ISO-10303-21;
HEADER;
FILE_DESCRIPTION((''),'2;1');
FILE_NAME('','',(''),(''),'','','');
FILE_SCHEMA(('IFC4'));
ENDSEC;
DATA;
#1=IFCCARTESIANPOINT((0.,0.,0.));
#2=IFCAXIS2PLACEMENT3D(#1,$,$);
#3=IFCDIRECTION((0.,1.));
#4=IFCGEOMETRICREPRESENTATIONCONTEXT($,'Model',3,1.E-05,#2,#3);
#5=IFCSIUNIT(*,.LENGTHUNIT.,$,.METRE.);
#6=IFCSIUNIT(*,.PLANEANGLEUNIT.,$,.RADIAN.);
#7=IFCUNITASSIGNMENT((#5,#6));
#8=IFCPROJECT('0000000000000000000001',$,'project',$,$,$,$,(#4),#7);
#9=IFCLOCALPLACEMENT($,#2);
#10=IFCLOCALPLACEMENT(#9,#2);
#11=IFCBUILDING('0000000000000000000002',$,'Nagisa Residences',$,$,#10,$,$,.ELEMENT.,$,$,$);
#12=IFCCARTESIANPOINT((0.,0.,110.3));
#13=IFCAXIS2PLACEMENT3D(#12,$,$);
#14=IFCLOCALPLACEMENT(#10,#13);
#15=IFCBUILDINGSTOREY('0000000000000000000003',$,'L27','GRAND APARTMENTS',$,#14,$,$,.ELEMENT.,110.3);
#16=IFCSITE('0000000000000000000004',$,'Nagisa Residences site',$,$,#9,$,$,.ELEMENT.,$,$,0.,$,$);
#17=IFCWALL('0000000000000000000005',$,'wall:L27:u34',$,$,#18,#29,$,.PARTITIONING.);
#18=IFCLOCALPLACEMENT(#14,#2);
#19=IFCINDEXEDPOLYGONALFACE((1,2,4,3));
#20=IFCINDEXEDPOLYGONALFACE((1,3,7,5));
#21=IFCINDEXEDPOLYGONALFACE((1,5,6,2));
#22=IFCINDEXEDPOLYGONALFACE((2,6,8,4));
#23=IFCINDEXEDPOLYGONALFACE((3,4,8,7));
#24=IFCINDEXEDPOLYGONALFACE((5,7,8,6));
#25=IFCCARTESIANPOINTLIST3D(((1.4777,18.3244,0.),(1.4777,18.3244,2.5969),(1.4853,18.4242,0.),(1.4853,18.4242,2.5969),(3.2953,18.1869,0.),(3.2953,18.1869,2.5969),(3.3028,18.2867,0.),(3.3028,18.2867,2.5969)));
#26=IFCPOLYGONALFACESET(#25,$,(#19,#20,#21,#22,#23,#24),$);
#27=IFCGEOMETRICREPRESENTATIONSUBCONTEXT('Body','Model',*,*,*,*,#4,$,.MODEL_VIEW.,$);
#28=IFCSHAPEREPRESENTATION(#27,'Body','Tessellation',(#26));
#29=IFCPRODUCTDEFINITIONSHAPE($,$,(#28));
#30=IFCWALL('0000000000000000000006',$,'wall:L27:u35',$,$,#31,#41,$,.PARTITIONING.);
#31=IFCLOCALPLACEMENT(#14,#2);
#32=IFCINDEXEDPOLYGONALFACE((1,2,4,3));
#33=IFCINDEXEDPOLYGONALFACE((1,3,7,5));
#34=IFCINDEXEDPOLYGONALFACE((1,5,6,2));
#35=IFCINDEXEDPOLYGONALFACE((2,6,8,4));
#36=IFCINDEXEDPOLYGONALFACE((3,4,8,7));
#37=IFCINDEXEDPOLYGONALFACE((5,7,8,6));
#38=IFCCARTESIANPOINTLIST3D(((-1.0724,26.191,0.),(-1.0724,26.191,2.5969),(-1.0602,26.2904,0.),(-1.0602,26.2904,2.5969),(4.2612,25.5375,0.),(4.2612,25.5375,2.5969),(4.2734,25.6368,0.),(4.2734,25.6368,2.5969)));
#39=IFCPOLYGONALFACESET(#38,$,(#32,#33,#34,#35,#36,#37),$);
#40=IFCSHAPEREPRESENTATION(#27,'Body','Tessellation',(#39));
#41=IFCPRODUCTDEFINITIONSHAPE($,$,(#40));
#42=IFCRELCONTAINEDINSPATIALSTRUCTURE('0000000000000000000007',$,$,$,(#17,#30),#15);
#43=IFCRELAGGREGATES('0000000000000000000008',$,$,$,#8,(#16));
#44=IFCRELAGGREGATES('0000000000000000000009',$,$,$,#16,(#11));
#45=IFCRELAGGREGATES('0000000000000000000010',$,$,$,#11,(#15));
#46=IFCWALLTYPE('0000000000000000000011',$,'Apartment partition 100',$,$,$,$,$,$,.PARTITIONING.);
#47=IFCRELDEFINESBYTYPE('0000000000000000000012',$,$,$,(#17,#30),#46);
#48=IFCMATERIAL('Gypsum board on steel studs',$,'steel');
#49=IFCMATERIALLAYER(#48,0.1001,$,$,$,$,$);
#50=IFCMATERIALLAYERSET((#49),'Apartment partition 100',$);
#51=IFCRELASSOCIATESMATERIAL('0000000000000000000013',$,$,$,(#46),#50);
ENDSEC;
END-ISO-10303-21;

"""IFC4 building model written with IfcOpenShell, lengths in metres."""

from ifc_helpers import new_model, si_unit, direction, frame, frame_2d, origin, place, context, subcontext, project, spatial, rectangle, extrude, material, layer, layer_set, type_object, element, save


model = new_model("IFC4")

# Units and contexts
model_context = context("Model", 3, precision=1e-05, world=origin(), true_north=direction((0.0, 1.0)))
body_context = subcontext(model_context, "Body", "Model", "MODEL_VIEW")
ifc_project = project(units=[si_unit("LENGTHUNIT", "METRE"), si_unit("PLANEANGLEUNIT", "RADIAN")], contexts=[model_context])

# Site, building, storey
site_placement = place(None, origin())
site = spatial("IfcSite", under=ifc_project, at=site_placement, Name="Nagisa Residences site", CompositionType="ELEMENT", RefElevation=0.0)
building_placement = place(site_placement, origin())
building = spatial("IfcBuilding", under=site, at=building_placement, Name="Nagisa Residences", CompositionType="ELEMENT")
storey_placement = place(building_placement, frame((0.0, 0.0, 110.3)))
storey = spatial("IfcBuildingStorey", under=building, at=storey_placement, Name="L27", Description="GRAND APARTMENTS", CompositionType="ELEMENT", Elevation=110.3)

# Shared definitions
ifc_material_1 = material(Name="Gypsum board on steel studs", Category="steel")
ifc_layer_1 = layer(ifc_material_1, 0.1001)
ifc_layer_set_1 = layer_set([ifc_layer_1], Name="Apartment partition 100")
wall_type_1 = type_object("IfcWallType", Name="Apartment partition 100", PredefinedType="PARTITIONING", material=ifc_layer_set_1)

# Walls
wall_1_placement = place(storey_placement, frame((3.2991, 18.2368, 0.0), z_axis=(0.0, 0.0, 1.0), x_axis=(-0.997153, 0.075406, 0.0)))
element("IfcWall", 1, at=wall_1_placement, inside=storey, type_object=wall_type_1, Name="wall:L27:u34", PredefinedType="PARTITIONING", context=body_context, shape_type="SweptSolid", body=[
    extrude(rectangle(XDim=1.8228, YDim=0.1001, at=frame_2d((0.9114, 0.0))), origin(), (0.0, 0.0, 1.0), 2.5969),
])
wall_2_placement = place(storey_placement, frame((4.2673, 25.5872, 0.0), z_axis=(0.0, 0.0, 1.0), x_axis=(-0.992576, 0.121624, 0.0)))
element("IfcWall", 2, at=wall_2_placement, inside=storey, type_object=wall_type_1, Name="wall:L27:u35", PredefinedType="PARTITIONING", context=body_context, shape_type="SweptSolid", body=[
    extrude(rectangle(XDim=5.3735, YDim=0.1001, at=frame_2d((2.6868, 0.0))), origin(), (0.0, 0.0, 1.0), 2.5969),
])

save(model, "model.ifc")
